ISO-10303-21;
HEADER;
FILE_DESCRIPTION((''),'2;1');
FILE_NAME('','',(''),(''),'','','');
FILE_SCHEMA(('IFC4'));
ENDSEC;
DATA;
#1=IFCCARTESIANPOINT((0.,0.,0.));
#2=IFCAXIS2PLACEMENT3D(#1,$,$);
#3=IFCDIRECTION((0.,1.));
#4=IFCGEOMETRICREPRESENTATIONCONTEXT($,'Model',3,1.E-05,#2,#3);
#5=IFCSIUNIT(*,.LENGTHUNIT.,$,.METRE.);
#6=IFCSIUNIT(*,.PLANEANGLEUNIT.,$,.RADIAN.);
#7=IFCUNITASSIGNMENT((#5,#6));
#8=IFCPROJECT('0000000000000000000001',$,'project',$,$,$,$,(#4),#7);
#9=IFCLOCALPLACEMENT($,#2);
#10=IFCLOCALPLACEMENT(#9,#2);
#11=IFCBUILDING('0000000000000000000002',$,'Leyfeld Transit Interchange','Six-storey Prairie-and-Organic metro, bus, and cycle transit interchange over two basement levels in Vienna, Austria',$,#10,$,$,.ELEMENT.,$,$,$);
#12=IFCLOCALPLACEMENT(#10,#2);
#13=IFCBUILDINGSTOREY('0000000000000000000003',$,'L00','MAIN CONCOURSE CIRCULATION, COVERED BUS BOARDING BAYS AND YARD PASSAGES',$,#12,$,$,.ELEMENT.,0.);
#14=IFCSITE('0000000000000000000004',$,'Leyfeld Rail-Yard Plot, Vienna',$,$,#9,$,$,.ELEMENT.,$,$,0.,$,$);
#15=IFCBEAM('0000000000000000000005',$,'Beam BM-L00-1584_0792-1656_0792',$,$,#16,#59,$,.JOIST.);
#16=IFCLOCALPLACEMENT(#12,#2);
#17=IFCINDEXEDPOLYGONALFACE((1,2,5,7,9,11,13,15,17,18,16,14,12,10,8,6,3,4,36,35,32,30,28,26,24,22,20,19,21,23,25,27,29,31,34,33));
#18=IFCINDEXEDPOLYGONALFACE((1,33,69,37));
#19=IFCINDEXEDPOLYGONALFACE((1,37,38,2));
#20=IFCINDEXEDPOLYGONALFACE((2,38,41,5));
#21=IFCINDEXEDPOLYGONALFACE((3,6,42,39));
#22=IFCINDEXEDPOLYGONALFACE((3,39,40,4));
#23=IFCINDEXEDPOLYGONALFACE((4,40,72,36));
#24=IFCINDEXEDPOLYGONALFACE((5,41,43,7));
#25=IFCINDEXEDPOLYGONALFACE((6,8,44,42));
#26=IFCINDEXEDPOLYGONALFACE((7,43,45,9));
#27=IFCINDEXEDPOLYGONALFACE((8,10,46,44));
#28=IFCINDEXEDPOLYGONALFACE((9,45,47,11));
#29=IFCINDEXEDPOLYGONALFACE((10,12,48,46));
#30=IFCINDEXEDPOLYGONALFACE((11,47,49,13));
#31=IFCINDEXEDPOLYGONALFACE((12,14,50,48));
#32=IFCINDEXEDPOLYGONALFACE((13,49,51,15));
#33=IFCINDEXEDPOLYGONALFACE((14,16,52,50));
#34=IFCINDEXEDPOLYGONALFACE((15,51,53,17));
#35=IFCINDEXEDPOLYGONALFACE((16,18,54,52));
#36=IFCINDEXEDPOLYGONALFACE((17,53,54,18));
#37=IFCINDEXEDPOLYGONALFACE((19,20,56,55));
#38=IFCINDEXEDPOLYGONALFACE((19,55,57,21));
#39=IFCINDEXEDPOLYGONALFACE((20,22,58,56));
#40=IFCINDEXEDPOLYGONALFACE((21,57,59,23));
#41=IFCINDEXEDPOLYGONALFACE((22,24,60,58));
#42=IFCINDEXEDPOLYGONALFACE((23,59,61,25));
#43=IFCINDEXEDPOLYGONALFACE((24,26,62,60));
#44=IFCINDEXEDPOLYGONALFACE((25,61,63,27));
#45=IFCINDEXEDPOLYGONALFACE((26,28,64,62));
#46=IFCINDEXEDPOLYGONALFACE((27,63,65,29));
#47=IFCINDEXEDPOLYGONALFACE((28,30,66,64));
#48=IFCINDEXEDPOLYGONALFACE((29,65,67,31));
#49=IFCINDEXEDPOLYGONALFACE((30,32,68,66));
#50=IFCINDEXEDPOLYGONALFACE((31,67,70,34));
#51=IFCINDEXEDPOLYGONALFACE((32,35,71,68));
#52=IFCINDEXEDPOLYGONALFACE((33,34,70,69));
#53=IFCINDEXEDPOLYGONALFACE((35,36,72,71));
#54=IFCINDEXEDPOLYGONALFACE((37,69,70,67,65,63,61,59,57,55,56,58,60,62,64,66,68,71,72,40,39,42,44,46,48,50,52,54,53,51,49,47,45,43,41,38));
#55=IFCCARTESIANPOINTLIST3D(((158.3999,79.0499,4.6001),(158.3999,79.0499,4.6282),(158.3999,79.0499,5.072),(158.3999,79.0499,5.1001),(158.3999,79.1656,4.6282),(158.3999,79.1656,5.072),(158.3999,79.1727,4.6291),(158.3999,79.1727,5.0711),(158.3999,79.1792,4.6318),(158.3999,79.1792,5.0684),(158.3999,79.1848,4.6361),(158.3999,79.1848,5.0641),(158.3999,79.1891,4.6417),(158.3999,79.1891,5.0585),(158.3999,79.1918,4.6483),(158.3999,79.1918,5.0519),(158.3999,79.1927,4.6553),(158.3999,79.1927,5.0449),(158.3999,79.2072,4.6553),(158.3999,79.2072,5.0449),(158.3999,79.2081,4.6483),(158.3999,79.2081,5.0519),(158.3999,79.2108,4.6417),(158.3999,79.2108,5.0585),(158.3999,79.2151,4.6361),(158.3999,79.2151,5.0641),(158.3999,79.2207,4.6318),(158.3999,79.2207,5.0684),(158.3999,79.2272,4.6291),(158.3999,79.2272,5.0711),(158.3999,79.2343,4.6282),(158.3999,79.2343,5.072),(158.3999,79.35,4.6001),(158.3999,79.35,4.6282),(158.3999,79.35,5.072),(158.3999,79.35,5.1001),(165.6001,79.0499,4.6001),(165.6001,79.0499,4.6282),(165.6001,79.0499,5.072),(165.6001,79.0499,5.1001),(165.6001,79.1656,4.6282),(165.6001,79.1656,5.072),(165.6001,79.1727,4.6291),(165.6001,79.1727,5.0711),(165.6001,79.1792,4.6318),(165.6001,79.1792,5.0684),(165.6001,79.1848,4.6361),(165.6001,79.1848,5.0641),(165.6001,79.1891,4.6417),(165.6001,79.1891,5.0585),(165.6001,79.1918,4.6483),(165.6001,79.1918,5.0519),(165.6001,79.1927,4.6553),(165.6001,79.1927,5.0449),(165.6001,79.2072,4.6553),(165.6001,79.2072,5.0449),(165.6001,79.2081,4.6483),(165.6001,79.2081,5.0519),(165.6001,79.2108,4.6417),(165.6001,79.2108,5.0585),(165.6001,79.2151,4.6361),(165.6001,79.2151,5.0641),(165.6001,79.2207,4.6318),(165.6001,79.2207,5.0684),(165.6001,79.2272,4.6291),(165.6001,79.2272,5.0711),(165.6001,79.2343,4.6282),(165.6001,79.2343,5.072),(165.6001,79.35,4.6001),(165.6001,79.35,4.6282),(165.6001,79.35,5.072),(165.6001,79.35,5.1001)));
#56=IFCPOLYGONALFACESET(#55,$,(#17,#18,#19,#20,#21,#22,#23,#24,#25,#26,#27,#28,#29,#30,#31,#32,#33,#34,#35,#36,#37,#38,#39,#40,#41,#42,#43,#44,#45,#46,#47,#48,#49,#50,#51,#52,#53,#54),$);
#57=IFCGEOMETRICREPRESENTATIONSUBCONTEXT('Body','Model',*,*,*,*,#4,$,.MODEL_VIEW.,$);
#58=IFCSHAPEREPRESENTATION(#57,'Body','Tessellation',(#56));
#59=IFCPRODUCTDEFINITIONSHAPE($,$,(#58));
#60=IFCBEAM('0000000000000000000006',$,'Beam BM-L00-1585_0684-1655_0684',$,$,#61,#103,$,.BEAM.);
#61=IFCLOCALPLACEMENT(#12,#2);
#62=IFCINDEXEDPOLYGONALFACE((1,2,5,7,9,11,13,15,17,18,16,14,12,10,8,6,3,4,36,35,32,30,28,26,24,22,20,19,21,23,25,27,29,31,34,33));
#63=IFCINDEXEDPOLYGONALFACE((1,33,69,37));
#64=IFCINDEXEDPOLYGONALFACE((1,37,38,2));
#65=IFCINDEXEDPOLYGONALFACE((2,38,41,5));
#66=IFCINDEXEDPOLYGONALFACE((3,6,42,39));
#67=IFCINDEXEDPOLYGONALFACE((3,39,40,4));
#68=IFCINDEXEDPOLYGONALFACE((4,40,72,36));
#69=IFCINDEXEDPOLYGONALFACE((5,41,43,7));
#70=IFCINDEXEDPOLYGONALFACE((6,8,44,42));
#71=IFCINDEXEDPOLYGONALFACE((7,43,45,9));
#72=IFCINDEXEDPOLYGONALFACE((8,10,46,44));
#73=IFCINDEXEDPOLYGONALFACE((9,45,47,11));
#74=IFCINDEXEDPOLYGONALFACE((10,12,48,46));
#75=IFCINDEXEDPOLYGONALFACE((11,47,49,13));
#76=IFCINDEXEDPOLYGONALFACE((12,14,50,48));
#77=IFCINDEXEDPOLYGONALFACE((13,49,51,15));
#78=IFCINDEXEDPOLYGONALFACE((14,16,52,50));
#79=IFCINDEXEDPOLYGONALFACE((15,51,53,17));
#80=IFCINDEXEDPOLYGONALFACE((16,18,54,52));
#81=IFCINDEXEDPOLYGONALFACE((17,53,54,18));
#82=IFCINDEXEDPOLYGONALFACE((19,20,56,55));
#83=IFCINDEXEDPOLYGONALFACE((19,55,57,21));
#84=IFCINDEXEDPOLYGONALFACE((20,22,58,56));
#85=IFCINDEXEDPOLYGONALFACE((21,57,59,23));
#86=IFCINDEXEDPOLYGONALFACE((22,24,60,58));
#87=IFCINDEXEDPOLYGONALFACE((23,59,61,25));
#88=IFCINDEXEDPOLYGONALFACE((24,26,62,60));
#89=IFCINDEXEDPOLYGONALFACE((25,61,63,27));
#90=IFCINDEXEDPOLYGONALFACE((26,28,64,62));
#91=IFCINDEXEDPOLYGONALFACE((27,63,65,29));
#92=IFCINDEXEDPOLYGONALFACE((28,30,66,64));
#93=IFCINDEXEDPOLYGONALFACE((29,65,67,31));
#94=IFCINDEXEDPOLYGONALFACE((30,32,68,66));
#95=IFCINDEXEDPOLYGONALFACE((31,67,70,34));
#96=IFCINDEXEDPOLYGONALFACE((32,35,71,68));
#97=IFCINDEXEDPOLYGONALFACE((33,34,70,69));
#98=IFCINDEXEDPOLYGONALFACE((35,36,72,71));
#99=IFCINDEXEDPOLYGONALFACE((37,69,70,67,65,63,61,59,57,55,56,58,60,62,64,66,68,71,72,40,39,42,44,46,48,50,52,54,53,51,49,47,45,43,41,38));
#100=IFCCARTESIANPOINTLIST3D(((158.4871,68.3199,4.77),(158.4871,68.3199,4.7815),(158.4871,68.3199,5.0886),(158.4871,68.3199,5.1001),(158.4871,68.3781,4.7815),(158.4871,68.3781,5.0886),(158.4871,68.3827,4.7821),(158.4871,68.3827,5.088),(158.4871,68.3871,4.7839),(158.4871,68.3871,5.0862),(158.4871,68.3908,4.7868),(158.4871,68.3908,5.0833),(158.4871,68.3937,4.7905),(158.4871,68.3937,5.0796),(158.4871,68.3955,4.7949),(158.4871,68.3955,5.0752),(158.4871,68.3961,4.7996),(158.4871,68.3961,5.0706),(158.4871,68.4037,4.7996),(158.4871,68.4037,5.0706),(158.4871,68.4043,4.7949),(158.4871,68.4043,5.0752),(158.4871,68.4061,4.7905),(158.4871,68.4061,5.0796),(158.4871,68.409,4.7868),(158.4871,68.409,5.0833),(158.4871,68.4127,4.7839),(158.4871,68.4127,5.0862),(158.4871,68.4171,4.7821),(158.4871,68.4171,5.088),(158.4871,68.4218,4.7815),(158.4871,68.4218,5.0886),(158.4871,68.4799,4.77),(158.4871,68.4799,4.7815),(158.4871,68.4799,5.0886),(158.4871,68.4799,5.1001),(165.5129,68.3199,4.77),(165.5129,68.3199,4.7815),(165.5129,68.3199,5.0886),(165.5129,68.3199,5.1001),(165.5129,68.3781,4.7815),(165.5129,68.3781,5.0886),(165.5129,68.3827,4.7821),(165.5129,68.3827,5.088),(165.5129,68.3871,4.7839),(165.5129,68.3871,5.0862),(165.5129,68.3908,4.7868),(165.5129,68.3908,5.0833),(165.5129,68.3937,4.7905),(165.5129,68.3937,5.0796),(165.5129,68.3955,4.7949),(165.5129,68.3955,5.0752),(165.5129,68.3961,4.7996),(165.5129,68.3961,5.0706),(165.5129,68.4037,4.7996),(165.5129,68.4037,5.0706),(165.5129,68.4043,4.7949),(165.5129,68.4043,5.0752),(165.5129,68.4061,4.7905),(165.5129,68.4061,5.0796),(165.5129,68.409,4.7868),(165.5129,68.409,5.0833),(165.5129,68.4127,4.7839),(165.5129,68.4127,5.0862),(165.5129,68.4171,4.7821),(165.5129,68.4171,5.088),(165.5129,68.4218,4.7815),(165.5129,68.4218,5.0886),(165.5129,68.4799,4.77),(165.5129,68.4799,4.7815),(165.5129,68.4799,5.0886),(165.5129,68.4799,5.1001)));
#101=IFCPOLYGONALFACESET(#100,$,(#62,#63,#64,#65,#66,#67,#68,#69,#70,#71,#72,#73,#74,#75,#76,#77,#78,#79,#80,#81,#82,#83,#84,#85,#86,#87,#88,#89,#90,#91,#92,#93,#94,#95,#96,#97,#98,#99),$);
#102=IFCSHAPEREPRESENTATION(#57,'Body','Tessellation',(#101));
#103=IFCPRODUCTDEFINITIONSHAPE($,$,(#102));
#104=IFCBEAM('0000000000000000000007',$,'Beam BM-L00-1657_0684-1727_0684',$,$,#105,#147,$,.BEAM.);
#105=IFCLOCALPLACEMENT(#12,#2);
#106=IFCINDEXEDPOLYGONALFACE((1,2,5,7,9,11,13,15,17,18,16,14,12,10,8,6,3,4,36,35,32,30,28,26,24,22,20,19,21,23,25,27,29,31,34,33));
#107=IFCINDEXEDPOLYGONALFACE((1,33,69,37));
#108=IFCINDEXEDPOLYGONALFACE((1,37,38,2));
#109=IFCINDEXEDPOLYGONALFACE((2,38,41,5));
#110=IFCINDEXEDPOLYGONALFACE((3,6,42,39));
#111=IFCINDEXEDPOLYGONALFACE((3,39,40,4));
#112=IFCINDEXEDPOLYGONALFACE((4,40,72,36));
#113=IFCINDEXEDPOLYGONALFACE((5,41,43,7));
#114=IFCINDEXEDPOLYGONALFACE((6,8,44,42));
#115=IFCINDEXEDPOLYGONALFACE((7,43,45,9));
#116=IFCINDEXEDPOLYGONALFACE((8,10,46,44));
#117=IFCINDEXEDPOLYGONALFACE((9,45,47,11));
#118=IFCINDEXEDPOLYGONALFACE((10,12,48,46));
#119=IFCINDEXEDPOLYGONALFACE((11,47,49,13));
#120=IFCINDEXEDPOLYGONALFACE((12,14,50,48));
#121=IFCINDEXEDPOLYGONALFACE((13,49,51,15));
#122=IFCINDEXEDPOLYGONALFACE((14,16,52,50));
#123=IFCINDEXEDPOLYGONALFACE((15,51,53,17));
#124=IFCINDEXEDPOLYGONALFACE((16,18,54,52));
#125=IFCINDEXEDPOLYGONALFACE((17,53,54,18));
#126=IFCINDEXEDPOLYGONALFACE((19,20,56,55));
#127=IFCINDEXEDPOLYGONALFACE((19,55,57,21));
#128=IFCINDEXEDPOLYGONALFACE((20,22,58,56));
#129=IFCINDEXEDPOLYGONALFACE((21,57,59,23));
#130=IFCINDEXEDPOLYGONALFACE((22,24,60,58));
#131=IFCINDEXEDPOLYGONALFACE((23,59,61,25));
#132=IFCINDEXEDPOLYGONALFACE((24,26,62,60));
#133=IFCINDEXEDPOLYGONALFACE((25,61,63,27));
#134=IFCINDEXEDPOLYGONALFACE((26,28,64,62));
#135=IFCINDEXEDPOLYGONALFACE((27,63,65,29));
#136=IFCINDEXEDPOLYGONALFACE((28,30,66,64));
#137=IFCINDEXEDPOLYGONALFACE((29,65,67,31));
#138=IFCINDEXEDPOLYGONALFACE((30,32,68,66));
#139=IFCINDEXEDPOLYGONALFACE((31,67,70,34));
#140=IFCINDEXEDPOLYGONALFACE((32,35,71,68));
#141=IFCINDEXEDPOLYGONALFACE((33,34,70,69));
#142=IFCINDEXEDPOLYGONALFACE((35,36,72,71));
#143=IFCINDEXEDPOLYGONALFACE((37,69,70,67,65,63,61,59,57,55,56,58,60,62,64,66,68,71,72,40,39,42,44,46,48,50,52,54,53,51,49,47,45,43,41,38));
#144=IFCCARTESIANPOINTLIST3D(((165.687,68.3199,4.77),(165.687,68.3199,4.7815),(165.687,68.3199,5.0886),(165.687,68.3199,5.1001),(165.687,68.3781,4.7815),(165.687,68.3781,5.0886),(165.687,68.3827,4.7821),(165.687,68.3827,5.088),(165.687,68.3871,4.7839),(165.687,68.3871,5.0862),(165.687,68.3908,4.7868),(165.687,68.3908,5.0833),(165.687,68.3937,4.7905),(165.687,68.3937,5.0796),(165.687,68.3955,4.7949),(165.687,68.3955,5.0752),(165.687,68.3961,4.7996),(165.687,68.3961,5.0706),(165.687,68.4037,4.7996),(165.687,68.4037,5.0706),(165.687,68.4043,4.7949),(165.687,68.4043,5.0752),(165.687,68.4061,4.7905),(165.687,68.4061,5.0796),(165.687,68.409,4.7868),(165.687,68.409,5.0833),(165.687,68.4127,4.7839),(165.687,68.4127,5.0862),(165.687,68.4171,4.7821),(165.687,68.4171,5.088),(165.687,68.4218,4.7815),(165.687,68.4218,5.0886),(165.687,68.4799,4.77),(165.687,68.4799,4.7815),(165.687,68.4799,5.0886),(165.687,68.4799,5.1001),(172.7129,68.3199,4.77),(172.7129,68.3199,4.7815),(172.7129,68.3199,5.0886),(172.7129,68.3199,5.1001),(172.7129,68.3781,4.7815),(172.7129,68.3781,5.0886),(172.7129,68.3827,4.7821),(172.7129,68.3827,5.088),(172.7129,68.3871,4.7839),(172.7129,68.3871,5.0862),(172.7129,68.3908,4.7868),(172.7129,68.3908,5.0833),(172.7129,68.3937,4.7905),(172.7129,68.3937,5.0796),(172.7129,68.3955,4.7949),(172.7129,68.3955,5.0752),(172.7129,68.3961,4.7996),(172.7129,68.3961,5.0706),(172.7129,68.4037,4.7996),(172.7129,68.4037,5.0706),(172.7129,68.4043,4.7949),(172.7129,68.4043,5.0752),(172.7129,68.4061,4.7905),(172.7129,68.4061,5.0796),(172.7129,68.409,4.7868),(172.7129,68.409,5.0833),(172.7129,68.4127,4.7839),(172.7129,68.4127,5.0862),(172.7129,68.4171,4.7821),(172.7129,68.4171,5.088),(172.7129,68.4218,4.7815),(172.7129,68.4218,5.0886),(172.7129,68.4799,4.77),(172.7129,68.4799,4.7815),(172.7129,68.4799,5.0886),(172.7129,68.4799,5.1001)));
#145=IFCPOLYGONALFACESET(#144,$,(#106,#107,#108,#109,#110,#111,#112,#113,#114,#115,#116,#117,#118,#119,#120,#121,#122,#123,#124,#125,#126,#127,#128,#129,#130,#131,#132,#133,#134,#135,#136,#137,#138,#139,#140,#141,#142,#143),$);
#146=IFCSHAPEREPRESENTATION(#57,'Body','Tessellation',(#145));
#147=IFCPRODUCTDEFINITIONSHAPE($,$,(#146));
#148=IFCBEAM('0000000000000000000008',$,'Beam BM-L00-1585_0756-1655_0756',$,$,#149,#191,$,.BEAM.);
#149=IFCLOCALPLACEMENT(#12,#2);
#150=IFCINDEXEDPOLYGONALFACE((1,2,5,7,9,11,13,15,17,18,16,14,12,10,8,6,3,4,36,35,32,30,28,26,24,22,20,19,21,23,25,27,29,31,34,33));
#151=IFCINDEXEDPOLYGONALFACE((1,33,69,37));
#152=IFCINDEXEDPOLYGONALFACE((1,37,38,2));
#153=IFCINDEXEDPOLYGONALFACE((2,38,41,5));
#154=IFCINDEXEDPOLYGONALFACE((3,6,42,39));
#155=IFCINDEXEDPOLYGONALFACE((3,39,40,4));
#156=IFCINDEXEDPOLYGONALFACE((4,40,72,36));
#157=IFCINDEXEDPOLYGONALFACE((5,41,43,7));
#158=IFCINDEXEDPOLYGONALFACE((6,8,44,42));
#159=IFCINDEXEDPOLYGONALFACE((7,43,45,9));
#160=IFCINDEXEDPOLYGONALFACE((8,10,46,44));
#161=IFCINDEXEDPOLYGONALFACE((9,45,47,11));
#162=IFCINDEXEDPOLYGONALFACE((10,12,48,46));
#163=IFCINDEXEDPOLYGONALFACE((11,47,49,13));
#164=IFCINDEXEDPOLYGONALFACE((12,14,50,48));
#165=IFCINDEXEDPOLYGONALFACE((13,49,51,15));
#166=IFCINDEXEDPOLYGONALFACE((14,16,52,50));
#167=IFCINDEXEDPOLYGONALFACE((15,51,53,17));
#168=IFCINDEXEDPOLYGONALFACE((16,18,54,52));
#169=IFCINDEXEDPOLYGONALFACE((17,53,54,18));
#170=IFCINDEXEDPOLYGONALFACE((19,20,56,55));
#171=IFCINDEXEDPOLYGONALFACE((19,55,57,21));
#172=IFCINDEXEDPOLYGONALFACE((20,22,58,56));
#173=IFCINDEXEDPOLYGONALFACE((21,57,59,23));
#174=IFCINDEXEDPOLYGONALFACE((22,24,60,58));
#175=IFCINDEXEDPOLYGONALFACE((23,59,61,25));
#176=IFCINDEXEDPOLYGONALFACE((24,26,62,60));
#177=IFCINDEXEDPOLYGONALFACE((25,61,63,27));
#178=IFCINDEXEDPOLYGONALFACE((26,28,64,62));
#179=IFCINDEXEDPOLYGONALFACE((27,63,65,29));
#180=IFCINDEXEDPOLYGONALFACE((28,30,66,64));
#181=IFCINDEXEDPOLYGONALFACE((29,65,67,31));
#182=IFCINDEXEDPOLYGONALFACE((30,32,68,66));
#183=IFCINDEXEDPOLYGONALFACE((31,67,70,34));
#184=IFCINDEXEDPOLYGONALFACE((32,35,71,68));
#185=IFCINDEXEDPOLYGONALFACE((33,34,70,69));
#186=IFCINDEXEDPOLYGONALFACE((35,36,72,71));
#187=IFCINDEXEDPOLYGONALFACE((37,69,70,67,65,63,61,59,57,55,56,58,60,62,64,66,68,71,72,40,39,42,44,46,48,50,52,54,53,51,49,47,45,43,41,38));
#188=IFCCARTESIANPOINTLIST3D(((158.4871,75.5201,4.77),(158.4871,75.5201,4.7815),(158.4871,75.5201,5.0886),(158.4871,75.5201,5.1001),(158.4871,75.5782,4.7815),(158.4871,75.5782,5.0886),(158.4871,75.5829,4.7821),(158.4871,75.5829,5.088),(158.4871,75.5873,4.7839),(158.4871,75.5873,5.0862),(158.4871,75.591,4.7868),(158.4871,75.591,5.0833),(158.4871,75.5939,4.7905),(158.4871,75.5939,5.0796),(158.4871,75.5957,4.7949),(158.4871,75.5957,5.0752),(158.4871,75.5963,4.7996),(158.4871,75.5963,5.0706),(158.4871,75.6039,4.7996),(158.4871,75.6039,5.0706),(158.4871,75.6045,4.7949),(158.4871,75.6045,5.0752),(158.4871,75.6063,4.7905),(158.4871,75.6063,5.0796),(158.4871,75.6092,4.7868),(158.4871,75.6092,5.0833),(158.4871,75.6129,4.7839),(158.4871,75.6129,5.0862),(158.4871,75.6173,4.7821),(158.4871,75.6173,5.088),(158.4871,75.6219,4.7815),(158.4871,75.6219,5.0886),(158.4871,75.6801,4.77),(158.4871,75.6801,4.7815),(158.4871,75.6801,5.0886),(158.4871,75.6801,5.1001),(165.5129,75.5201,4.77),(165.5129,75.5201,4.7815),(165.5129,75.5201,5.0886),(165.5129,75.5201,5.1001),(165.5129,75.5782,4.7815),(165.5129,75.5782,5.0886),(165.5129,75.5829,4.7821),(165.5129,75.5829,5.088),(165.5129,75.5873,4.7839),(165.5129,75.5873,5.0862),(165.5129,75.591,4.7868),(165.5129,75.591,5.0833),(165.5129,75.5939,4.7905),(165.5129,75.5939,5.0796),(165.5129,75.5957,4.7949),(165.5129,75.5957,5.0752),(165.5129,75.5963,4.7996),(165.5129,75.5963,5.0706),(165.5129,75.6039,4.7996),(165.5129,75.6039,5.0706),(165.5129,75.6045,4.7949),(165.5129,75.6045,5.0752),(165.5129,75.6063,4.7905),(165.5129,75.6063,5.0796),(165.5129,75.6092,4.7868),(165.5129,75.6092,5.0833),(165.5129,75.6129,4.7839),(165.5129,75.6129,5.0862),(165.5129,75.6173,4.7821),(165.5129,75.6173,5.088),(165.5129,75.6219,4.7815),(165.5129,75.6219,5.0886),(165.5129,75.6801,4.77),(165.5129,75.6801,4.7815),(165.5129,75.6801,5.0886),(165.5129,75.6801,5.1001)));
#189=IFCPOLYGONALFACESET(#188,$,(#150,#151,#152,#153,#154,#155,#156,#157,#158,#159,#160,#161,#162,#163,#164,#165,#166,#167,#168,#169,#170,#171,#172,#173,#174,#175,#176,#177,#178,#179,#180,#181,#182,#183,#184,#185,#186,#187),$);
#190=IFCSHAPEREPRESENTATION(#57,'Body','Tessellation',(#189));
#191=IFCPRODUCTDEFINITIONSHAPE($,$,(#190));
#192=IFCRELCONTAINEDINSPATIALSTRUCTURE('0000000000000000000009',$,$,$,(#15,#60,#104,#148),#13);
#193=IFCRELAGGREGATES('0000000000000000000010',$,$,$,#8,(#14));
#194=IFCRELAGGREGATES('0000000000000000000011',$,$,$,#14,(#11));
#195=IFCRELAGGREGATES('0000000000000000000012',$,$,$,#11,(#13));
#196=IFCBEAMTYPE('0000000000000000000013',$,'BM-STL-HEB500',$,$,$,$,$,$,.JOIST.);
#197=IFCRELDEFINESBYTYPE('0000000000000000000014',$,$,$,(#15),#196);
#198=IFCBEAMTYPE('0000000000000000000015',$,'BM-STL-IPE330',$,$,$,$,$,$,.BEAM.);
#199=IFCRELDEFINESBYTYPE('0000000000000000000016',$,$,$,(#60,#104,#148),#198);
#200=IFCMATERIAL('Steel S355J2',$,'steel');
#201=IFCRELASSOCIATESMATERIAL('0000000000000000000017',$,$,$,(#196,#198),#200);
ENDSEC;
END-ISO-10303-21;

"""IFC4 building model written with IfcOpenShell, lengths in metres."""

from ifc_helpers import new_model, si_unit, direction, frame, origin, origin_2d, place, context, subcontext, project, spatial, i_section, extrude, material, material_profile, profile_set, type_object, element, save


model = new_model("IFC4")

# Units and contexts
model_context = context("Model", 3, precision=1e-05, world=origin(), true_north=direction((0.0, 1.0)))
body_context = subcontext(model_context, "Body", "Model", "MODEL_VIEW")
ifc_project = project(units=[si_unit("LENGTHUNIT", "METRE"), si_unit("PLANEANGLEUNIT", "RADIAN")], contexts=[model_context])

# Site, building, storey
site_placement = place(None, origin())
site = spatial("IfcSite", under=ifc_project, at=site_placement, Name="Leyfeld Rail-Yard Plot, Vienna", CompositionType="ELEMENT", RefElevation=0.0)
building_placement = place(site_placement, origin())
building = spatial("IfcBuilding", under=site, at=building_placement, Name="Leyfeld Transit Interchange", Description="Six-storey Prairie-and-Organic metro, bus, and cycle transit interchange over two basement levels in Vienna, Austria", CompositionType="ELEMENT")
storey_placement = place(building_placement, origin())
storey = spatial("IfcBuildingStorey", under=building, at=storey_placement, Name="L00", Description="MAIN CONCOURSE CIRCULATION, COVERED BUS BOARDING BAYS AND YARD PASSAGES", CompositionType="ELEMENT", Elevation=0.0)

# Beams
ifc_material_1 = material(Name="Steel S355J2", Category="steel")
ifc_material_profile_1 = material_profile(ifc_material_1, i_section(OverallWidth=0.3, OverallDepth=0.5, WebThickness=0.0144, FlangeThickness=0.0281, FilletRadius=0.0271, at=origin_2d()), Name="HEB 500")
ifc_profile_set_1 = profile_set([ifc_material_profile_1], Name="Steel S355J2")
beam_type_1 = type_object("IfcBeamType", Name="BM-STL-HEB500", PredefinedType="JOIST", material=ifc_profile_set_1)
beam_1_placement = place(storey_placement, frame((158.3999, 79.2, 4.8501), z_axis=(1.0, 0.0, 0.0), x_axis=(0.0, 1.0, 0.0)))
element("IfcBeam", 1, at=beam_1_placement, inside=storey, type_object=beam_type_1, Name="Beam BM-L00-1584_0792-1656_0792", PredefinedType="JOIST", context=body_context, shape_type="SweptSolid", body=[
    extrude(i_section(OverallWidth=0.3, OverallDepth=0.5, WebThickness=0.0144, FlangeThickness=0.0281, FilletRadius=0.0271, at=origin_2d()), origin(), (0.0, 0.0, 1.0), 7.2002),
])
ifc_material_profile_2 = material_profile(ifc_material_1, i_section(OverallWidth=0.1599, OverallDepth=0.3301, WebThickness=0.0076, FlangeThickness=0.0115, FilletRadius=0.0181, at=origin_2d()), Name="IPE 330")
ifc_profile_set_2 = profile_set([ifc_material_profile_2], Name="Steel S355J2")
beam_type_2 = type_object("IfcBeamType", Name="BM-STL-IPE330", PredefinedType="BEAM", material=ifc_profile_set_2)
for number, where, z_axis, x_axis, name in (
    (2, (158.4871, 68.3999, 4.9351), (1.0, 0.0, 0.0), (0.0, 1.0, 0.0), "Beam BM-L00-1585_0684-1655_0684"),
    (3, (165.687, 68.3999, 4.9351), (1.0, 0.0, 0.0), (0.0, 1.0, 0.0), "Beam BM-L00-1657_0684-1727_0684"),
    (4, (158.4871, 75.6001, 4.9351), (1.0, 0.0, 0.0), (0.0, 1.0, 0.0), "Beam BM-L00-1585_0756-1655_0756"),
):
    element("IfcBeam", number, at=place(storey_placement, frame(where, z_axis=z_axis, x_axis=x_axis)), inside=storey, type_object=beam_type_2, Name=name, PredefinedType="BEAM", context=body_context, shape_type="SweptSolid", body=[
        extrude(i_section(OverallWidth=0.1599, OverallDepth=0.3301, WebThickness=0.0076, FlangeThickness=0.0115, FilletRadius=0.0181, at=origin_2d()), origin(), (0.0, 0.0, 1.0), 7.0259),
    ])

save(model, "model.ifc")
